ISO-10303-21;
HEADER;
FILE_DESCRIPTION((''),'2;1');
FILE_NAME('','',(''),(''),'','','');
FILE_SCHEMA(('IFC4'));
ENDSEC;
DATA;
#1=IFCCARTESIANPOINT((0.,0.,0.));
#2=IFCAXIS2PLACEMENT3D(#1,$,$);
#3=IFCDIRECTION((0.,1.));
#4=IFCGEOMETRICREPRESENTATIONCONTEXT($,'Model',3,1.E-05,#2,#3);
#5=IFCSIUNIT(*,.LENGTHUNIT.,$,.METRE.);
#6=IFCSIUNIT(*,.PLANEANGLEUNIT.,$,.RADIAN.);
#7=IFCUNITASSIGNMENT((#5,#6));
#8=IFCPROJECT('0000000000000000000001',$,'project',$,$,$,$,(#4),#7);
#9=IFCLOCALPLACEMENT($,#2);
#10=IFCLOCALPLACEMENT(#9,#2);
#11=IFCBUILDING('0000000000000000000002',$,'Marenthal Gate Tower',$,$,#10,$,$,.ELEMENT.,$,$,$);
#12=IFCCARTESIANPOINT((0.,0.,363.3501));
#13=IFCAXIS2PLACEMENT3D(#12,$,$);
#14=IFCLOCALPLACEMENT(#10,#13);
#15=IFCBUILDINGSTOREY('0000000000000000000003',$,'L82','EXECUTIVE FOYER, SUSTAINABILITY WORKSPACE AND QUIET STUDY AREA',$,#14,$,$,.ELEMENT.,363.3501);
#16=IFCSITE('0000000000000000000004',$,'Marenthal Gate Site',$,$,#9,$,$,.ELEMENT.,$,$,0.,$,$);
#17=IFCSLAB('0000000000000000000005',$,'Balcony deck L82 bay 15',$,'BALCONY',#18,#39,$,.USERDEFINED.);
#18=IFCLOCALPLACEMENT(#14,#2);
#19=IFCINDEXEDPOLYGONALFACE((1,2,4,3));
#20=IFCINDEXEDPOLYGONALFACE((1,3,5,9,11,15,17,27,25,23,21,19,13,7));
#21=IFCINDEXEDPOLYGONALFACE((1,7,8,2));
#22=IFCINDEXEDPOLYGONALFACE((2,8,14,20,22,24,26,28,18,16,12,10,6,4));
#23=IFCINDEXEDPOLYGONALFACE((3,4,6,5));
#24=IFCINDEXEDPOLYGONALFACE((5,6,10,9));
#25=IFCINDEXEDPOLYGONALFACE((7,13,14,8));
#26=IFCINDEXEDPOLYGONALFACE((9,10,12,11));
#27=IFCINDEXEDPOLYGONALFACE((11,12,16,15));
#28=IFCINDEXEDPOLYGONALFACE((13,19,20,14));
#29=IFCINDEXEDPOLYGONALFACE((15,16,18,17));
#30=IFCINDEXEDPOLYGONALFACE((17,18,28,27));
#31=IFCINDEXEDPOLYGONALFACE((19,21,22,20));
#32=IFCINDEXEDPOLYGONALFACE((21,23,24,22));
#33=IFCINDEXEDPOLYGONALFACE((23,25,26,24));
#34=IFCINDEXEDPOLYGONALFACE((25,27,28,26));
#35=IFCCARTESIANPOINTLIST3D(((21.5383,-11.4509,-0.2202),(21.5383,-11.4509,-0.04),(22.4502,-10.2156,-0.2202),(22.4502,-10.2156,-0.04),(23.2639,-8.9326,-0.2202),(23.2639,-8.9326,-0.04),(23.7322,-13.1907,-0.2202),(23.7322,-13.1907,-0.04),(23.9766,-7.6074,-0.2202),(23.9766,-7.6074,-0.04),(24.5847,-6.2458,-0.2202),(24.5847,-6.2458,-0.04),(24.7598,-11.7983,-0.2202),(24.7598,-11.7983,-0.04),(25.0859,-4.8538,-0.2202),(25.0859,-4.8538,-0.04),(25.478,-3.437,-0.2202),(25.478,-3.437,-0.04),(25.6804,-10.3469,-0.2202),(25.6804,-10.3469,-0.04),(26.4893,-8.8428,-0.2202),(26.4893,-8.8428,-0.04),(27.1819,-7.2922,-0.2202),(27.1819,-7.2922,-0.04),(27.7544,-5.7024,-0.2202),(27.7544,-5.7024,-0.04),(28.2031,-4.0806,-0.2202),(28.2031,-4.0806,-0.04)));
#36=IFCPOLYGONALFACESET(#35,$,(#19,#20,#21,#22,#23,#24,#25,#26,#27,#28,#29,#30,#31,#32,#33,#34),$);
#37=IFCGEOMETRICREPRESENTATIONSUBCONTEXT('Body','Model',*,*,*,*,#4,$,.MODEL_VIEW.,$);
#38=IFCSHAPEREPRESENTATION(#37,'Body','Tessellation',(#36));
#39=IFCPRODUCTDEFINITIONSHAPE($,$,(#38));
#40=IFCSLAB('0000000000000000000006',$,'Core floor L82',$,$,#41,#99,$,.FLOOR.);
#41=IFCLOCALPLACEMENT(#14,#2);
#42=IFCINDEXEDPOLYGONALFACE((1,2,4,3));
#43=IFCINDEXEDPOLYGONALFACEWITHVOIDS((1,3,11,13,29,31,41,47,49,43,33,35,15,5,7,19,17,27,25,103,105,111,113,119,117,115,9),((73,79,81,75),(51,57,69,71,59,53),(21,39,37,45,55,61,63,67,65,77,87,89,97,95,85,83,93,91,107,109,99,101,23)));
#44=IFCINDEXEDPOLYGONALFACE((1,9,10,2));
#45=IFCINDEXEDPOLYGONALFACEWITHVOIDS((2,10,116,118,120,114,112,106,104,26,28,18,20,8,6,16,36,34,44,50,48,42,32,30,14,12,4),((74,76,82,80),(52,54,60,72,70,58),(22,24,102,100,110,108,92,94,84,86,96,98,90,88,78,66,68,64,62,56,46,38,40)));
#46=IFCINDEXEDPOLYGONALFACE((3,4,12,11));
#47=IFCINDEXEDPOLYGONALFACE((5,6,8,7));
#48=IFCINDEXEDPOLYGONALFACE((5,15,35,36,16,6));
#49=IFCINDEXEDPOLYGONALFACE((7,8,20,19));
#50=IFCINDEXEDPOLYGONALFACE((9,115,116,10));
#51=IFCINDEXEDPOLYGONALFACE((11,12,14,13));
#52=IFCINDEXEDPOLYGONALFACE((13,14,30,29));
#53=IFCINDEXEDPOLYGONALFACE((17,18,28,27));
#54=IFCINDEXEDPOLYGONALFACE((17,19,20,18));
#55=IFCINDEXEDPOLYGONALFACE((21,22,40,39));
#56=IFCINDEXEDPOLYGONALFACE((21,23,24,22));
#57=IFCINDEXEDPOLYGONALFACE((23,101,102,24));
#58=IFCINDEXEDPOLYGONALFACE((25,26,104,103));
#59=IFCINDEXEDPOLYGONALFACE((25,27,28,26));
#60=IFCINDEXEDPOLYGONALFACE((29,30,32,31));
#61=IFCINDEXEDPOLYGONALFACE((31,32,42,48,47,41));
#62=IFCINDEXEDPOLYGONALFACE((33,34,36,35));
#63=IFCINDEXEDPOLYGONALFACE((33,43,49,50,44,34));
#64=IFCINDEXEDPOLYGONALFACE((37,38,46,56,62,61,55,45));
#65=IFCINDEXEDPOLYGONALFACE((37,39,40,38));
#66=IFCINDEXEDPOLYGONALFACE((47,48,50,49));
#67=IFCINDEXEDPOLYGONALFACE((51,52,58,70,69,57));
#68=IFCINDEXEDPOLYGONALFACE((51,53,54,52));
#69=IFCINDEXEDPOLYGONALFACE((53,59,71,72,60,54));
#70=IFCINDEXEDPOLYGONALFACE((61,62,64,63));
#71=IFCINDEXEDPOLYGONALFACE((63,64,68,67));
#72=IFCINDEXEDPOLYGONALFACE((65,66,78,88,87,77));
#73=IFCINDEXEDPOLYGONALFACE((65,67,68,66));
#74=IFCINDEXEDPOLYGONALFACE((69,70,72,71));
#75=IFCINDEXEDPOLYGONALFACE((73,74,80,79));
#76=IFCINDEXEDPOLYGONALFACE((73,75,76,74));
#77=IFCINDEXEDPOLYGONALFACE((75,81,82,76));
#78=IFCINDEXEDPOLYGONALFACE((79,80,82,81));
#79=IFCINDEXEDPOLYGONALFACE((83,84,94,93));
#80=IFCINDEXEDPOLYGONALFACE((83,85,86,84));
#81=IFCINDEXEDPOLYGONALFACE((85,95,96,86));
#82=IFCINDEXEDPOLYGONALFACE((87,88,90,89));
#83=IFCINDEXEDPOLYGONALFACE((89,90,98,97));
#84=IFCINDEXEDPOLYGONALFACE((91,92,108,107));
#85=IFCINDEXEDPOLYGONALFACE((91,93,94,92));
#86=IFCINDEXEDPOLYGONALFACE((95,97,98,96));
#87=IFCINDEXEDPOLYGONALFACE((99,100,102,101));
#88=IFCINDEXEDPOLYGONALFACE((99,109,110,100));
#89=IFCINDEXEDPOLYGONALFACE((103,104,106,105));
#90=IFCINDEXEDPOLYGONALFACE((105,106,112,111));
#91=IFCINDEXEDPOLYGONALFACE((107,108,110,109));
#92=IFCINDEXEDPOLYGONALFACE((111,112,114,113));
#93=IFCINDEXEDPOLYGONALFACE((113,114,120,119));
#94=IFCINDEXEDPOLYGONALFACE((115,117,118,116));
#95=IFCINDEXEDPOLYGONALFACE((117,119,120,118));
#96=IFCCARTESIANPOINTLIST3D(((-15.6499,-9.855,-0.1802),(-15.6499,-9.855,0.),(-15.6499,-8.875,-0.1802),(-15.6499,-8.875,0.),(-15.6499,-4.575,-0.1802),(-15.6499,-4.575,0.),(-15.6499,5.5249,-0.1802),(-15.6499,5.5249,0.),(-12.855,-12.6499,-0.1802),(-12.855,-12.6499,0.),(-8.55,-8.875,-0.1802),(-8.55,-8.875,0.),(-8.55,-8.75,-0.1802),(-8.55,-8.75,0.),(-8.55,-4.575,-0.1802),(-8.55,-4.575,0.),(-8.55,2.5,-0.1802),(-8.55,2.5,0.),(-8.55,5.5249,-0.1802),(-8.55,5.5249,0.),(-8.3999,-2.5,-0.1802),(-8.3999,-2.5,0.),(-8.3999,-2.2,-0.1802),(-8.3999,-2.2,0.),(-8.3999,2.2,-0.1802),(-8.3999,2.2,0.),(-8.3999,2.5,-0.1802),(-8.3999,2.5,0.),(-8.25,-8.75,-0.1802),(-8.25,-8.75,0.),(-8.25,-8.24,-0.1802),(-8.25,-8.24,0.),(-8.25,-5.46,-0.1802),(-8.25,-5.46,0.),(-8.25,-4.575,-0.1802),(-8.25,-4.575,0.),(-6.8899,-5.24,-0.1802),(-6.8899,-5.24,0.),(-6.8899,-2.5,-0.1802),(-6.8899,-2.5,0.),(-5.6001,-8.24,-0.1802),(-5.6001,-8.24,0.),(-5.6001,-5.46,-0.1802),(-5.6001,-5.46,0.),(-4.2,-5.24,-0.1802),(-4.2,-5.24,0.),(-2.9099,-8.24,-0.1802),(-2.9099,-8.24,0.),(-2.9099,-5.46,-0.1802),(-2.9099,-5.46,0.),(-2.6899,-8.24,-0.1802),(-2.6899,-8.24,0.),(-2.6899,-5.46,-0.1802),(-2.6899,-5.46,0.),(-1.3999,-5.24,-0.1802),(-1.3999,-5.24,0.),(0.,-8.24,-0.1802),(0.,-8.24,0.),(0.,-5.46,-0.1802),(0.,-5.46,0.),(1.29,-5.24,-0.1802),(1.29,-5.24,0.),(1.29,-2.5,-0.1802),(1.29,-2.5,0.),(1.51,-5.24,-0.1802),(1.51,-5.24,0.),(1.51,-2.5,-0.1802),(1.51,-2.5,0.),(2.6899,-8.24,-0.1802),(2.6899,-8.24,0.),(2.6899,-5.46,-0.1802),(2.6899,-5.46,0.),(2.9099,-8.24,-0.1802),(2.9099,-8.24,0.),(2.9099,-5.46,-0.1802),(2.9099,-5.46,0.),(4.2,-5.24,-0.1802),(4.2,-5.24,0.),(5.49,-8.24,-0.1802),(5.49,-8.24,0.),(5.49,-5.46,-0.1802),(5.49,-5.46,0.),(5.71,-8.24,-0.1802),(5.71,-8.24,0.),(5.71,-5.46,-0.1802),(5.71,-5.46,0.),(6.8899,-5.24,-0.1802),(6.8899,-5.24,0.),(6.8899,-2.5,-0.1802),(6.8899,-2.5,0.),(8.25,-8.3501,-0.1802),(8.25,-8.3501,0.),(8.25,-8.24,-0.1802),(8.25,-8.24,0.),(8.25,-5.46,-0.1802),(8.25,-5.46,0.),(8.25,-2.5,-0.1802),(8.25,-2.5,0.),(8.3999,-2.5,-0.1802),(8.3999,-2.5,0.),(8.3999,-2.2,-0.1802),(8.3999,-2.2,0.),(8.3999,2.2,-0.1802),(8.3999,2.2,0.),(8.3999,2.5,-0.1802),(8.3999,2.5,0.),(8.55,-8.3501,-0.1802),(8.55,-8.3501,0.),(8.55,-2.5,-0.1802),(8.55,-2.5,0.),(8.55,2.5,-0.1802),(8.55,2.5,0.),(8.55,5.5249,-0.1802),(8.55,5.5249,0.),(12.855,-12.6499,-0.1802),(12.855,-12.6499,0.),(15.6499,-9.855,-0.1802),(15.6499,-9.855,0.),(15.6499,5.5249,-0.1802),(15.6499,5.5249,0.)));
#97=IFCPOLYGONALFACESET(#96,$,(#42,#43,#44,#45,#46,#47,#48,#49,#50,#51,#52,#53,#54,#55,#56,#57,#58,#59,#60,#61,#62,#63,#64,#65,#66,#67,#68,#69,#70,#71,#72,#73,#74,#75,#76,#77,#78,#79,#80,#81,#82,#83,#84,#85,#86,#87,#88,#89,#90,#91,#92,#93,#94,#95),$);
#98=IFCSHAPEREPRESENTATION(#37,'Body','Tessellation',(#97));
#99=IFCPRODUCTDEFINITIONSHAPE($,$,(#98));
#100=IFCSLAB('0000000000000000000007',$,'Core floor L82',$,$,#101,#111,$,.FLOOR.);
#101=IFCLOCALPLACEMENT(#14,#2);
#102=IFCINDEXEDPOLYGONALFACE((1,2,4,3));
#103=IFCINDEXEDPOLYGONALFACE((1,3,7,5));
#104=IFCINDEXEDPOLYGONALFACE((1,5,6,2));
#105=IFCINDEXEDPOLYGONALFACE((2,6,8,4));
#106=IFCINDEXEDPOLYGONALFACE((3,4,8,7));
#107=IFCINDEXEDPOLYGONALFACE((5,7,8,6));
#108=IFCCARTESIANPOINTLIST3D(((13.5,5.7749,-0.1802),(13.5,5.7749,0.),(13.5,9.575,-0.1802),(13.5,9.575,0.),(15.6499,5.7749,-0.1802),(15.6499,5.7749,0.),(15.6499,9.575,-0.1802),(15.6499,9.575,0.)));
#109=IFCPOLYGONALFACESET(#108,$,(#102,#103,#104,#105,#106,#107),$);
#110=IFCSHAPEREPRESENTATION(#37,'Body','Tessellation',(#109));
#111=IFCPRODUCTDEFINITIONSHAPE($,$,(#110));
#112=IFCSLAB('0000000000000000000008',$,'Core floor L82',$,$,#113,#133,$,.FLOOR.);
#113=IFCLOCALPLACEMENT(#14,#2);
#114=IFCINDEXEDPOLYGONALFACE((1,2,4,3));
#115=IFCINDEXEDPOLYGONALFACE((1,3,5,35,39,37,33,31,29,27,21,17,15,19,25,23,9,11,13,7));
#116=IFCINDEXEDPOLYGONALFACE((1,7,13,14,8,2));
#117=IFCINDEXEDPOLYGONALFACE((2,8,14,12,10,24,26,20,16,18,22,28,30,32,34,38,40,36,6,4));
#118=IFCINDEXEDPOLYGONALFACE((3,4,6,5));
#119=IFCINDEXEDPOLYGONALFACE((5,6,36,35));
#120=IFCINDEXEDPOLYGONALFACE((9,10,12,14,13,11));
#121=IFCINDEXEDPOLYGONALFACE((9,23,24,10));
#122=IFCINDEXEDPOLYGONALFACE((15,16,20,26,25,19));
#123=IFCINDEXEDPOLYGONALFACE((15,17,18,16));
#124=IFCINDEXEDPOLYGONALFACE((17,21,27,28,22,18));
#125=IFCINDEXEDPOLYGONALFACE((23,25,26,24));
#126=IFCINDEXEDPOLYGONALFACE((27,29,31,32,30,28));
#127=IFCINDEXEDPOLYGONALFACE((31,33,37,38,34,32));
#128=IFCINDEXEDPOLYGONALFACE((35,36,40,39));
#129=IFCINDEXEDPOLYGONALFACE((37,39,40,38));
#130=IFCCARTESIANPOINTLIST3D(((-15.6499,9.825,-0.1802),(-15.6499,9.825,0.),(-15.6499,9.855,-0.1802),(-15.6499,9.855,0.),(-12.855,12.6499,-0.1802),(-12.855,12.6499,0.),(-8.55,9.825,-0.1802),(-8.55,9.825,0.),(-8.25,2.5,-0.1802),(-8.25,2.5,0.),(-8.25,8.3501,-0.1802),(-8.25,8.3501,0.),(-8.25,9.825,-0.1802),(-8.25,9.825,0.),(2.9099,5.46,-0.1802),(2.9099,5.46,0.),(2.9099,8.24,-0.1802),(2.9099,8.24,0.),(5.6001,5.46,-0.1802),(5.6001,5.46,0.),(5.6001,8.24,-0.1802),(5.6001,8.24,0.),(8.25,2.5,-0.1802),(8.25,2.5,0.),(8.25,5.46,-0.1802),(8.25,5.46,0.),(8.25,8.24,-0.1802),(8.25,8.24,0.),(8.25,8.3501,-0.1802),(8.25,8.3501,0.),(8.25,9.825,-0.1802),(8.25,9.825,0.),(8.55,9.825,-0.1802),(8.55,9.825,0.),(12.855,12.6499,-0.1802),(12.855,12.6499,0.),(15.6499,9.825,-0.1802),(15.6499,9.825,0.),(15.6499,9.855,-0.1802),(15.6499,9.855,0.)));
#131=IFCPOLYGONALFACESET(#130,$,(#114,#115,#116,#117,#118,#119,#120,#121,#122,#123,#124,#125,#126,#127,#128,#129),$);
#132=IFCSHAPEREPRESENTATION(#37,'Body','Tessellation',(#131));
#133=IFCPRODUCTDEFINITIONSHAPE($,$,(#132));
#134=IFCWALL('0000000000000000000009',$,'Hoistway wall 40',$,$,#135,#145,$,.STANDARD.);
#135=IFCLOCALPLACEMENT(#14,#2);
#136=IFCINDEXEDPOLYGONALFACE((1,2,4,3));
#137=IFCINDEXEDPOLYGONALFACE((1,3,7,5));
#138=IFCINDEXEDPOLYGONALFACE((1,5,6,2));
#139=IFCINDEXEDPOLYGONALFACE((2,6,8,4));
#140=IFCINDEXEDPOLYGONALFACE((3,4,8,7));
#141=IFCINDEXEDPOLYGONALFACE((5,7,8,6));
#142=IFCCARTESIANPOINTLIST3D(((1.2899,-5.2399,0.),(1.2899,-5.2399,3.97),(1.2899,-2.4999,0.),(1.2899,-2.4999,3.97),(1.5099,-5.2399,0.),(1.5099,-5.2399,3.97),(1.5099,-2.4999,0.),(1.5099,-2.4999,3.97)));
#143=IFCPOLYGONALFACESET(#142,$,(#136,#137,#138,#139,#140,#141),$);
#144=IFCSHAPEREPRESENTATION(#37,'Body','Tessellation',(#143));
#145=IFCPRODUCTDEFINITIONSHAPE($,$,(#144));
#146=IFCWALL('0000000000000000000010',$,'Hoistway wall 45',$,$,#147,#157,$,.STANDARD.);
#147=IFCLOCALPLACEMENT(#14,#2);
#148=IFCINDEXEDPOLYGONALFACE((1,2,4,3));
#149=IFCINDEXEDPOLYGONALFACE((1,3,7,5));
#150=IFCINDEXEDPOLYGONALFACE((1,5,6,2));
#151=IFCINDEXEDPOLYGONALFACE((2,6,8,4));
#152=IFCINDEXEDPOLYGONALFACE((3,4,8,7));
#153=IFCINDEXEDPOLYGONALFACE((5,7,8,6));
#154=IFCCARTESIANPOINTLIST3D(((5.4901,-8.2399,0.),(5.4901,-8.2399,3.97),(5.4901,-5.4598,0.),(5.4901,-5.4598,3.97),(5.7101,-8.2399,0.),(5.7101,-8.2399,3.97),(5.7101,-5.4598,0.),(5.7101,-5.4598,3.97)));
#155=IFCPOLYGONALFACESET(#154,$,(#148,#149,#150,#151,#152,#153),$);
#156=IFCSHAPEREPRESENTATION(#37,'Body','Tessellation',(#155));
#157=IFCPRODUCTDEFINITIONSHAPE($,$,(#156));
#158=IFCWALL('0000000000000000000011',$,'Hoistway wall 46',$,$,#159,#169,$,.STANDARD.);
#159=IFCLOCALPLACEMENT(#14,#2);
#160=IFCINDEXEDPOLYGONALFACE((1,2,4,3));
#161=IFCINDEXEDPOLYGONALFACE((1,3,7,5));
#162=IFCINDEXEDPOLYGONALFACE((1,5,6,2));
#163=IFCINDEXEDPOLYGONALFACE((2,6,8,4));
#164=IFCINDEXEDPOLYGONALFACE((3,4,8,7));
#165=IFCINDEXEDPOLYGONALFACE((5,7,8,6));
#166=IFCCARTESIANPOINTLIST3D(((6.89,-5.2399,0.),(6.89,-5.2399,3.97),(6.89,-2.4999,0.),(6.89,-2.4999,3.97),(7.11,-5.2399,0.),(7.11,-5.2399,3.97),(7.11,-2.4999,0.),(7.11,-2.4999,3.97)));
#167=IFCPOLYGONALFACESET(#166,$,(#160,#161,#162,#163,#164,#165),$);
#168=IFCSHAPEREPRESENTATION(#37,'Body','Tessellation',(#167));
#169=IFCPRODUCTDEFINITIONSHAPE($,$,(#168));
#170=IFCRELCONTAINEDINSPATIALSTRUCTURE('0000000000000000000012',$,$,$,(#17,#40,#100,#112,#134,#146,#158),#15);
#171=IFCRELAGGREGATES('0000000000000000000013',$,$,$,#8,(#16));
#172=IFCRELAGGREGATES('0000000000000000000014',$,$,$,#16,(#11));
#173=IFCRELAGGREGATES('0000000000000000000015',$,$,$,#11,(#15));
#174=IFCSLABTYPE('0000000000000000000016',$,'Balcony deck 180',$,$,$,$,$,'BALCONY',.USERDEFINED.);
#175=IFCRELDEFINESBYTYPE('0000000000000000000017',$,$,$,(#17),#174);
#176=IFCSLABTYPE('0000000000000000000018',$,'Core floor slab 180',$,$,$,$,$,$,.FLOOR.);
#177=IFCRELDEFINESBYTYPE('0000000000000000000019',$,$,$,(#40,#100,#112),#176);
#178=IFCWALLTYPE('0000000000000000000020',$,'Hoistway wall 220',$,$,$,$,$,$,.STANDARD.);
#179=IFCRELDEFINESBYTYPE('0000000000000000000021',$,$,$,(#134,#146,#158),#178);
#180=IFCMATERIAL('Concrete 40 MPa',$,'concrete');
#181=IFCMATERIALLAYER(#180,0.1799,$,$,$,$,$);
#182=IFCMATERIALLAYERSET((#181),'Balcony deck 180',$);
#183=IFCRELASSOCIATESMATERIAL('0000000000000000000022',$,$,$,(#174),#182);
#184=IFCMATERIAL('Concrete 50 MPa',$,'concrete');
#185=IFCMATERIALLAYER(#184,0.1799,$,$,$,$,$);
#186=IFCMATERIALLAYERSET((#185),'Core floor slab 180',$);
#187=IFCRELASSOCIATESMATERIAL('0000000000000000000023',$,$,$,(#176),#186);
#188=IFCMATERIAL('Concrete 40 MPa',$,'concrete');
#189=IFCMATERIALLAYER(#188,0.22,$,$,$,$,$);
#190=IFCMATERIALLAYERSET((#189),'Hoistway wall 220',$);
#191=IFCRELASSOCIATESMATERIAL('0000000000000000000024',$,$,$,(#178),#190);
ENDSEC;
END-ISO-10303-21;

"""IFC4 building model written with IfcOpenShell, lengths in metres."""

from ifc_helpers import new_model, si_unit, direction, frame, frame_2d, origin, place, context, subcontext, project, spatial, polyline, rectangle, outline, extrude, material, layer, layer_set, type_object, element, save


model = new_model("IFC4")

# Units and contexts
model_context = context("Model", 3, precision=1e-05, world=origin(), true_north=direction((0.0, 1.0)))
body_context = subcontext(model_context, "Body", "Model", "MODEL_VIEW")
ifc_project = project(units=[si_unit("LENGTHUNIT", "METRE"), si_unit("PLANEANGLEUNIT", "RADIAN")], contexts=[model_context])

# Site, building, storey
site_placement = place(None, origin())
site = spatial("IfcSite", under=ifc_project, at=site_placement, Name="Marenthal Gate Site", CompositionType="ELEMENT", RefElevation=0.0)
building_placement = place(site_placement, origin())
building = spatial("IfcBuilding", under=site, at=building_placement, Name="Marenthal Gate Tower", CompositionType="ELEMENT")
storey_placement = place(building_placement, frame((0.0, 0.0, 363.3501)))
storey = spatial("IfcBuildingStorey", under=building, at=storey_placement, Name="L82", Description="EXECUTIVE FOYER, SUSTAINABILITY WORKSPACE AND QUIET STUDY AREA", CompositionType="ELEMENT", Elevation=363.3501)

# Slabs
ifc_material_1 = material(Name="Concrete 40 MPa", Category="concrete")
ifc_layer_1 = layer(ifc_material_1, 0.1799)
ifc_layer_set_1 = layer_set([ifc_layer_1], Name="Balcony deck 180")
slab_type_1 = type_object("IfcSlabType", Name="Balcony deck 180", ElementType="BALCONY", PredefinedType="USERDEFINED", material=ifc_layer_set_1)
slab_1_placement = place(storey_placement, frame((0.0, 0.0, -0.2202)))
element("IfcSlab", 1, at=slab_1_placement, inside=storey, type_object=slab_type_1, Name="Balcony deck L82 bay 15", ObjectType="BALCONY", PredefinedType="USERDEFINED", context=body_context, shape_type="SweptSolid", body=[
    extrude(outline(polyline([(21.5383, -11.4509), (22.4502, -10.2156), (23.2639, -8.9326), (23.9766, -7.6074), (24.5847, -6.2458), (25.0859, -4.8538), (25.478, -3.437), (28.2031, -4.0806), (27.7544, -5.7024), (27.1819, -7.2922), (26.4893, -8.8428), (25.6804, -10.3469), (24.7598, -11.7983), (23.7322, -13.1907), (21.5383, -11.4509)])), origin(), (0.0, 0.0, 1.0), 0.1802),
])
ifc_material_2 = material(Name="Concrete 50 MPa", Category="concrete")
ifc_layer_2 = layer(ifc_material_2, 0.1799)
ifc_layer_set_2 = layer_set([ifc_layer_2], Name="Core floor slab 180")
slab_type_2 = type_object("IfcSlabType", Name="Core floor slab 180", PredefinedType="FLOOR", material=ifc_layer_set_2)
slab_2_placement = place(storey_placement, frame((0.0, 0.0, -0.1802)))
element("IfcSlab", 2, at=slab_2_placement, inside=storey, type_object=slab_type_2, Name="Core floor L82", PredefinedType="FLOOR", context=body_context, shape_type="SweptSolid", body=[
    extrude(outline(polyline([(12.855, -12.6499), (-12.855, -12.6499), (-15.6499, -9.855), (-15.6499, -8.875), (-8.55, -8.875), (-8.55, -8.75), (-8.25, -8.75), (-8.25, -8.24), (-5.6001, -8.24), (-2.9099, -8.24), (-2.9099, -5.46), (-5.6001, -5.46), (-8.25, -5.46), (-8.25, -4.575), (-8.55, -4.575), (-15.6499, -4.575), (-15.6499, 5.5249), (-8.55, 5.5249), (-8.55, 2.5), (-8.3999, 2.5), (-8.3999, 2.2), (8.3999, 2.2), (8.3999, 2.5), (8.55, 2.5), (8.55, 5.5249), (15.6499, 5.5249), (15.6499, -9.855), (12.855, -12.6499)]), holes=[polyline([(0.0, -8.24), (2.6899, -8.24), (2.6899, -5.46), (0.0, -5.46), (-2.6899, -5.46), (-2.6899, -8.24), (0.0, -8.24)]), polyline([(1.29, -5.24), (1.29, -2.5), (1.51, -2.5), (1.51, -5.24), (4.2, -5.24), (6.8899, -5.24), (6.8899, -2.5), (8.25, -2.5), (8.25, -5.46), (5.71, -5.46), (5.71, -8.24), (8.25, -8.24), (8.25, -8.3501), (8.55, -8.3501), (8.55, -2.5), (8.3999, -2.5), (8.3999, -2.2), (-8.3999, -2.2), (-8.3999, -2.5), (-6.8899, -2.5), (-6.8899, -5.24), (-4.2, -5.24), (-1.3999, -5.24), (1.29, -5.24)]), polyline([(5.49, -5.46), (2.9099, -5.46), (2.9099, -8.24), (5.49, -8.24), (5.49, -5.46)])]), origin(), (0.0, 0.0, 1.0), 0.1802),
])
slab_3_placement = place(storey_placement, frame((0.0, 0.0, -0.1802)))
element("IfcSlab", 3, at=slab_3_placement, inside=storey, type_object=slab_type_2, Name="Core floor L82", PredefinedType="FLOOR", context=body_context, shape_type="SweptSolid", body=[
    extrude(outline(polyline([(15.6499, 5.7749), (13.5, 5.7749), (13.5, 9.575), (15.6499, 9.575), (15.6499, 5.7749)])), origin(), (0.0, 0.0, 1.0), 0.1802),
])
slab_4_placement = place(storey_placement, frame((0.0, 0.0, -0.1802)))
element("IfcSlab", 4, at=slab_4_placement, inside=storey, type_object=slab_type_2, Name="Core floor L82", PredefinedType="FLOOR", context=body_context, shape_type="SweptSolid", body=[
    extrude(outline(polyline([(15.6499, 9.825), (8.55, 9.825), (8.25, 9.825), (8.25, 8.3501), (8.25, 8.24), (5.6001, 8.24), (2.9099, 8.24), (2.9099, 5.46), (5.6001, 5.46), (8.25, 5.46), (8.25, 2.5), (-8.25, 2.5), (-8.25, 8.3501), (-8.25, 9.825), (-8.55, 9.825), (-15.6499, 9.825), (-15.6499, 9.855), (-12.855, 12.6499), (12.855, 12.6499), (15.6499, 9.855), (15.6499, 9.825)])), origin(), (0.0, 0.0, 1.0), 0.1802),
])

# Walls
ifc_material_3 = material(Name="Concrete 40 MPa", Category="concrete")
ifc_layer_3 = layer(ifc_material_3, 0.22)
ifc_layer_set_3 = layer_set([ifc_layer_3], Name="Hoistway wall 220")
wall_type_1 = type_object("IfcWallType", Name="Hoistway wall 220", PredefinedType="STANDARD", material=ifc_layer_set_3)
wall_1_placement = place(storey_placement, frame((1.3999, -5.24, 0.0), z_axis=(0.0, 0.0, 1.0), x_axis=(0.0, 1.0, 0.0)))
element("IfcWall", 5, at=wall_1_placement, inside=storey, type_object=wall_type_1, Name="Hoistway wall 40", PredefinedType="STANDARD", context=body_context, shape_type="SweptSolid", body=[
    extrude(rectangle(XDim=2.74, YDim=0.22, at=frame_2d((1.3701, 0.0))), origin(), (0.0, 0.0, 1.0), 3.97),
])
wall_2_placement = place(storey_placement, frame((5.6001, -8.24, 0.0), z_axis=(0.0, 0.0, 1.0), x_axis=(0.0, 1.0, 0.0)))
element("IfcWall", 6, at=wall_2_placement, inside=storey, type_object=wall_type_1, Name="Hoistway wall 45", PredefinedType="STANDARD", context=body_context, shape_type="SweptSolid", body=[
    extrude(rectangle(XDim=2.78, YDim=0.22, at=frame_2d((1.3901, 0.0))), origin(), (0.0, 0.0, 1.0), 3.97),
])
wall_3_placement = place(storey_placement, frame((7.0, -5.24, 0.0), z_axis=(0.0, 0.0, 1.0), x_axis=(0.0, 1.0, 0.0)))
element("IfcWall", 7, at=wall_3_placement, inside=storey, type_object=wall_type_1, Name="Hoistway wall 46", PredefinedType="STANDARD", context=body_context, shape_type="SweptSolid", body=[
    extrude(rectangle(XDim=2.74, YDim=0.22, at=frame_2d((1.3701, 0.0))), origin(), (0.0, 0.0, 1.0), 3.97),
])

save(model, "model.ifc")
